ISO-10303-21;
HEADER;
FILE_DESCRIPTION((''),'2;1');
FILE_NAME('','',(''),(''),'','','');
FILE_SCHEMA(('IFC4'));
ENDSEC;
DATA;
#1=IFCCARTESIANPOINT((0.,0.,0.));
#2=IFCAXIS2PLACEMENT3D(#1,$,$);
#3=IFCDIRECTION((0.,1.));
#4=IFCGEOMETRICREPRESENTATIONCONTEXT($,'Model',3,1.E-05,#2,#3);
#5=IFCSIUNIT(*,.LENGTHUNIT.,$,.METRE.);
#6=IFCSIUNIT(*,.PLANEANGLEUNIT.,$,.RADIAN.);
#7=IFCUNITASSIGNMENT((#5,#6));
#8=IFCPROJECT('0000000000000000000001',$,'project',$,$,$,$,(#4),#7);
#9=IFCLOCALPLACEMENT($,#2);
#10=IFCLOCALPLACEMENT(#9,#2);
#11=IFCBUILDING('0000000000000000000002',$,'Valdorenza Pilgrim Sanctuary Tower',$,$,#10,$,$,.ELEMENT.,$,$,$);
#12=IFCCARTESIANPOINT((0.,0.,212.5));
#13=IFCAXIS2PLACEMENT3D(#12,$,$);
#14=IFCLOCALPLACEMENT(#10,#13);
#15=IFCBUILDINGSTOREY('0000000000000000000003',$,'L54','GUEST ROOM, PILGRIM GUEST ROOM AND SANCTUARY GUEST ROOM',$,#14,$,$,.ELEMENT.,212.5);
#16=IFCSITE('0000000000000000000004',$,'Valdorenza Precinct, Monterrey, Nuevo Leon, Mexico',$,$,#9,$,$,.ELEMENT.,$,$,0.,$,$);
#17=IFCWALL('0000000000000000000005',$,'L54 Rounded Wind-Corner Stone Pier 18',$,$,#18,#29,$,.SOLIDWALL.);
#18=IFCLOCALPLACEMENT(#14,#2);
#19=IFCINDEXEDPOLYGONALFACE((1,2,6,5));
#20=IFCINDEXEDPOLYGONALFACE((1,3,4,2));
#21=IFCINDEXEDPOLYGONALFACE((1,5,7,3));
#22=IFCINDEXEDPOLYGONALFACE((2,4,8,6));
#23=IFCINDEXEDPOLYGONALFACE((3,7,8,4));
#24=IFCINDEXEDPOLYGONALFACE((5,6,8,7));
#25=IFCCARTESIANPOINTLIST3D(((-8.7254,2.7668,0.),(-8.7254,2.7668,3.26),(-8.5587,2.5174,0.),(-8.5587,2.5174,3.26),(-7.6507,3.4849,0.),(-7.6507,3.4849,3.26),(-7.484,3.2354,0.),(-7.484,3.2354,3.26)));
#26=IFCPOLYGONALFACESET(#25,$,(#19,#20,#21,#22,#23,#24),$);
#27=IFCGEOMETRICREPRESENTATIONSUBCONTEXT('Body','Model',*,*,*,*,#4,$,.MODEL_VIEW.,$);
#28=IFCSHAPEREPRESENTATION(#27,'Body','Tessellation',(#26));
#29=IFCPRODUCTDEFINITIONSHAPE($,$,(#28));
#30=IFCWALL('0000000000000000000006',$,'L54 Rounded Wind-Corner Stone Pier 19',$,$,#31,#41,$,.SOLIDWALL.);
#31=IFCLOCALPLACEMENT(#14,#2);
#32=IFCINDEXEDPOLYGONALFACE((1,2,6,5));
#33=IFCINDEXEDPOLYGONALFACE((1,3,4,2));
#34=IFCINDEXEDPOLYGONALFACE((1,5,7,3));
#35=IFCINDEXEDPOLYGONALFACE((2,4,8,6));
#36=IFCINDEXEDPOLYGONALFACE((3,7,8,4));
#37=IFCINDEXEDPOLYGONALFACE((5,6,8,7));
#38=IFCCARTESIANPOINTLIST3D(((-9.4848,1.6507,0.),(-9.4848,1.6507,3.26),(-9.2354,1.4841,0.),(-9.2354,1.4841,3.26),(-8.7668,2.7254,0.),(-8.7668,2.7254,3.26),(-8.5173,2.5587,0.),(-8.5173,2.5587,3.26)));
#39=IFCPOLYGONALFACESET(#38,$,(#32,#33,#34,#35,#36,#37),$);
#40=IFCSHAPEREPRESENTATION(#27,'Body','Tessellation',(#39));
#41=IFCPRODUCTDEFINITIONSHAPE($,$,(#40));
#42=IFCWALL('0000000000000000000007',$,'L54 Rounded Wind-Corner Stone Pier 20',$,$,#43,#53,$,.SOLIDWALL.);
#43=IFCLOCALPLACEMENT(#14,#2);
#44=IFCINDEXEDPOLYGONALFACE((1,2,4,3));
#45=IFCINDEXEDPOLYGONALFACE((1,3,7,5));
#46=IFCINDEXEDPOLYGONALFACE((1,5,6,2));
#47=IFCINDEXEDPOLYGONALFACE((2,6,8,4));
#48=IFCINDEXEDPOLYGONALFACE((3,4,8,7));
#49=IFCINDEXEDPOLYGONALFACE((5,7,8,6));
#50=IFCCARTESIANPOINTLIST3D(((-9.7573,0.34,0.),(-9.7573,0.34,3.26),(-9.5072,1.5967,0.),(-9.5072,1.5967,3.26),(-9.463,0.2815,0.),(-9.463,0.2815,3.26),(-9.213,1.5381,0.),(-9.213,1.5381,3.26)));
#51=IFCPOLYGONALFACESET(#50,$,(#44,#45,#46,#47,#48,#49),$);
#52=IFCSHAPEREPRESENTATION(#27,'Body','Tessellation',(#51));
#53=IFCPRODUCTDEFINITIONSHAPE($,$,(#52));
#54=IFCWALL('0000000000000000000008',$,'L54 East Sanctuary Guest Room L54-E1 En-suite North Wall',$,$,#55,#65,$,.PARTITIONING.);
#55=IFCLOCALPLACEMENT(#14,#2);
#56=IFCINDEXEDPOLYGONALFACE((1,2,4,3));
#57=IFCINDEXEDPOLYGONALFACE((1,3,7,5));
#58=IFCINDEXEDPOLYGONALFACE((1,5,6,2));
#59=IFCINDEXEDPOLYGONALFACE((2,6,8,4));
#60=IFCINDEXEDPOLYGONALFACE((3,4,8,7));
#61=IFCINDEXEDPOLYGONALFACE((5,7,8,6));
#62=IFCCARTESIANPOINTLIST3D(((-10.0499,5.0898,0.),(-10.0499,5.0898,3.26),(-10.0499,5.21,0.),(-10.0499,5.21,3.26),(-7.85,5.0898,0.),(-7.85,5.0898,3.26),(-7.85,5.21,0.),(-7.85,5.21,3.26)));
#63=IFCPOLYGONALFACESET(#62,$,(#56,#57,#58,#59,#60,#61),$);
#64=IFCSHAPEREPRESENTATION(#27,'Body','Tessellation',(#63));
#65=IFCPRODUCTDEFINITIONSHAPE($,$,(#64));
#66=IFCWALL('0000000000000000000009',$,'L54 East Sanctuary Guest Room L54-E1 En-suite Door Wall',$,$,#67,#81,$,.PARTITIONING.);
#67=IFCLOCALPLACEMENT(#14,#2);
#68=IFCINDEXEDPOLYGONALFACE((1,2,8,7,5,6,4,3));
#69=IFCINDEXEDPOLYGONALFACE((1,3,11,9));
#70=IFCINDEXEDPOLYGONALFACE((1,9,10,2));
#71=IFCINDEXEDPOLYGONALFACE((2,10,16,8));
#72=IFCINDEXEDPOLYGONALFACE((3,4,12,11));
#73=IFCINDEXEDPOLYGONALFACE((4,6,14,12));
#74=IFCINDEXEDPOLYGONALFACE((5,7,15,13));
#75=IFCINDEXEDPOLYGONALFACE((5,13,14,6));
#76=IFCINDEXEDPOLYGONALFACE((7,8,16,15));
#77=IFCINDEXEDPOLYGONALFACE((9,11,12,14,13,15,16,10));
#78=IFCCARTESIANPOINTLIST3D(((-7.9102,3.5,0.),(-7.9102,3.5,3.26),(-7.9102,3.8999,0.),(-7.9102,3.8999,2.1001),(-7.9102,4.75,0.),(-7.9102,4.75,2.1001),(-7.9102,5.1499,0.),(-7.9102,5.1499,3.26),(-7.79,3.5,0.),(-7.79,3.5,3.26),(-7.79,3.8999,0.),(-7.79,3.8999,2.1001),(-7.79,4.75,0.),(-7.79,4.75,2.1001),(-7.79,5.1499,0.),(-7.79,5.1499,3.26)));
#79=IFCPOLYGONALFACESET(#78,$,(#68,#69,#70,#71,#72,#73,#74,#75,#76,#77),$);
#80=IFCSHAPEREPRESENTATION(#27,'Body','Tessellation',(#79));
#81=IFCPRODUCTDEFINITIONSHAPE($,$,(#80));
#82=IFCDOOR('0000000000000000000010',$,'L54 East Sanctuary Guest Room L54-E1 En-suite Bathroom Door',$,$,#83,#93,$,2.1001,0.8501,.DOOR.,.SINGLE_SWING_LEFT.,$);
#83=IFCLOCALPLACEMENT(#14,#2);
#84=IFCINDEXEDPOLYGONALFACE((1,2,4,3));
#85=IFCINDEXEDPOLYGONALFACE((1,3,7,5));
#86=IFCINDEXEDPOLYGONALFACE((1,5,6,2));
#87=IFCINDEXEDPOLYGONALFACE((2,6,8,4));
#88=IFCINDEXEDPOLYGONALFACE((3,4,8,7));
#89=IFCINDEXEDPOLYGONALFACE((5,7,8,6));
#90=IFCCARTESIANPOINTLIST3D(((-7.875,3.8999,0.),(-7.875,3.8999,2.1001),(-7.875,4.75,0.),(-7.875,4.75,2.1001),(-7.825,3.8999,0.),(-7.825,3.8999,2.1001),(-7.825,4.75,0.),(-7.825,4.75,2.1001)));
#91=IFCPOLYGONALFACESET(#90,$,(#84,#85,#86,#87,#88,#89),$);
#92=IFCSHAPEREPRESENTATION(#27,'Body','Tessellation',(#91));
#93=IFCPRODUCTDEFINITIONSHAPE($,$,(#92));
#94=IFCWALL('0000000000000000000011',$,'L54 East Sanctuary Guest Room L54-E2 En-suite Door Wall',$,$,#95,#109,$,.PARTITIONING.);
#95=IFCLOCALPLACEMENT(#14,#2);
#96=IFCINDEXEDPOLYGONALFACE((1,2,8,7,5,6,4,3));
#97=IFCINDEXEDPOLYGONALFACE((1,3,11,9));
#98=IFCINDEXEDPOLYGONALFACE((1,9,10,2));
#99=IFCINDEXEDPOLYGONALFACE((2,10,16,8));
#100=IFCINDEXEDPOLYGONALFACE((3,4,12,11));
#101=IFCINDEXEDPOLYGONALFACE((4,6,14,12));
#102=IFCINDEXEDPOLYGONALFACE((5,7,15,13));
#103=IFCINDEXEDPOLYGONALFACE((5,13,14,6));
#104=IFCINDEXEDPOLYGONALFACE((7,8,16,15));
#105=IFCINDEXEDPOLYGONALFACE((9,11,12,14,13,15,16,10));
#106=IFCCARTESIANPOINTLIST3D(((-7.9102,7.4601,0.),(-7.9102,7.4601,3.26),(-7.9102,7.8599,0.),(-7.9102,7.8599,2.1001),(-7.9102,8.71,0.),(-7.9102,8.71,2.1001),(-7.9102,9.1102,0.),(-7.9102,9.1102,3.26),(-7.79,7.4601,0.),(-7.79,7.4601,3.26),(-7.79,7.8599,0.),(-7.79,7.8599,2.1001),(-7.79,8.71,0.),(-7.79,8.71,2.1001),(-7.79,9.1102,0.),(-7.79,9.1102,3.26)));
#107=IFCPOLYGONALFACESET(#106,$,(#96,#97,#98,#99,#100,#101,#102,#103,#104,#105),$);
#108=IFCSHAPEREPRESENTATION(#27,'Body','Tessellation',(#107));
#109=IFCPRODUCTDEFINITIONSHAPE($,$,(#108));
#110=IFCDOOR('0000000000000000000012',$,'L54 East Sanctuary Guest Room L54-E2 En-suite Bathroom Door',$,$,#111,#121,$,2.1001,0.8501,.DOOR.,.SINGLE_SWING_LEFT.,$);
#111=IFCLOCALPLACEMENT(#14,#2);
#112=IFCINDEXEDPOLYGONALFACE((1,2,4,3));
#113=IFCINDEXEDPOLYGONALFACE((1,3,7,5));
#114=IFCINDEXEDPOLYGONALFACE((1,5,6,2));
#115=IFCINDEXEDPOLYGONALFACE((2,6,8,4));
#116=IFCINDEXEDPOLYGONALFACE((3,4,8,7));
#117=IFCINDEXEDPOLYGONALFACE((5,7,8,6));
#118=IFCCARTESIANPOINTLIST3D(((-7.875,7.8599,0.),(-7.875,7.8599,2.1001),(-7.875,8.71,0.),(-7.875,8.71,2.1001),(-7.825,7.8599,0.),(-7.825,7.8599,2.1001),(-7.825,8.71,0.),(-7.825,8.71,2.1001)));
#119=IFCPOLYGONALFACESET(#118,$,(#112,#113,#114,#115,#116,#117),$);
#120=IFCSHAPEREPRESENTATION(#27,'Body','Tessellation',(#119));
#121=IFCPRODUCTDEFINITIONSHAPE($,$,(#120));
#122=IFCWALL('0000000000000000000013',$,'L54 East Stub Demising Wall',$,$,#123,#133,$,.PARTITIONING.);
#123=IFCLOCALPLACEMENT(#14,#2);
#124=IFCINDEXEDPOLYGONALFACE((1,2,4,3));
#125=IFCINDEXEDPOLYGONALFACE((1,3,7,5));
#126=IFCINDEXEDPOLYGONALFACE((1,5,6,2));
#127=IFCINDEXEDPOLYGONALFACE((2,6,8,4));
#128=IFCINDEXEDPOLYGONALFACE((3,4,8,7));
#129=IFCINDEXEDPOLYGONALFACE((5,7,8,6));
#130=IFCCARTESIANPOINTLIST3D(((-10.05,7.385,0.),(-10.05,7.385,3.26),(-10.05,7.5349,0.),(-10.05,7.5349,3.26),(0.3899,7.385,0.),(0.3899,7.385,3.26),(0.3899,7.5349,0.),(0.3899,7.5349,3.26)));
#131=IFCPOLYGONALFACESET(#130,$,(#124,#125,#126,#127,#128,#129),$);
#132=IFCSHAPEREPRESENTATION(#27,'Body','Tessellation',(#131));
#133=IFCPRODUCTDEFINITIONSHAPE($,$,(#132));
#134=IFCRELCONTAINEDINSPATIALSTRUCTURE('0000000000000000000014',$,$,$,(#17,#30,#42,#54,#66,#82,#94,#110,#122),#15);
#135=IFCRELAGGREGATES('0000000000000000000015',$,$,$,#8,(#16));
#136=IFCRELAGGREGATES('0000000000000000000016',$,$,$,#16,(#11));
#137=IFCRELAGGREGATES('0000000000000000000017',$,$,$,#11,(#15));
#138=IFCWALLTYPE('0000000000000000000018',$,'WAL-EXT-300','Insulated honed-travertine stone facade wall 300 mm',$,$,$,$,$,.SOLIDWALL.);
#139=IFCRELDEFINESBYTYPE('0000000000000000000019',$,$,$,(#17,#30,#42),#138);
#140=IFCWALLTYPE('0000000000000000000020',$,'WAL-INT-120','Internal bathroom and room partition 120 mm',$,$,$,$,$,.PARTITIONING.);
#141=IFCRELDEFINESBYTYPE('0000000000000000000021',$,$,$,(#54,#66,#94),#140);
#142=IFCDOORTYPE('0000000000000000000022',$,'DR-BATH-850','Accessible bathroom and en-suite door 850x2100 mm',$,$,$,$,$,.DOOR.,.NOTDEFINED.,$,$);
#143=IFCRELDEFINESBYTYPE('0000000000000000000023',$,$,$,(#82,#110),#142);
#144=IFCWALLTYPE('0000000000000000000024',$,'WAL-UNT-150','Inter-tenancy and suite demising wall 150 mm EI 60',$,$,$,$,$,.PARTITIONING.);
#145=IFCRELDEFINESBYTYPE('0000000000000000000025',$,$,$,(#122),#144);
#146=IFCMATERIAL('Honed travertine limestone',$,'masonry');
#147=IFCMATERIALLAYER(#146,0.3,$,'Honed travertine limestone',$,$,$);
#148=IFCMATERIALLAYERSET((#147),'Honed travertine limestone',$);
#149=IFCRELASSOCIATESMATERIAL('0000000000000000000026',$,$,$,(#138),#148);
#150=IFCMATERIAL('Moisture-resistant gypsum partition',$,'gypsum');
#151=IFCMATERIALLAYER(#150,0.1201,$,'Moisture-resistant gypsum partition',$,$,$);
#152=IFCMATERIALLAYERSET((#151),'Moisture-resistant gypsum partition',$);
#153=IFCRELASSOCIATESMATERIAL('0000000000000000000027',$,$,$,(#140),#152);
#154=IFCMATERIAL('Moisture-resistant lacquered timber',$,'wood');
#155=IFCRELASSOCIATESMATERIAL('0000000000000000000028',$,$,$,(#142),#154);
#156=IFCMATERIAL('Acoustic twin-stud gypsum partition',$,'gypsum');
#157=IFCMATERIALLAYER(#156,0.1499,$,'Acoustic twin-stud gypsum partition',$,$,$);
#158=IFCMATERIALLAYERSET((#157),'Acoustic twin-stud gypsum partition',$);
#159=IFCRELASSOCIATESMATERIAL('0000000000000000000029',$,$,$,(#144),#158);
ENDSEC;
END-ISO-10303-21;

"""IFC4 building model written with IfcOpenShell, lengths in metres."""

from ifc_helpers import new_model, si_unit, direction, frame, frame_2d, origin, place, context, subcontext, project, spatial, rectangle, extrude, material, layer, layer_set, type_object, element, fill, save


model = new_model("IFC4")

# Units and contexts
model_context = context("Model", 3, precision=1e-05, world=origin(), true_north=direction((0.0, 1.0)))
body_context = subcontext(model_context, "Body", "Model", "MODEL_VIEW")
ifc_project = project(units=[si_unit("LENGTHUNIT", "METRE"), si_unit("PLANEANGLEUNIT", "RADIAN")], contexts=[model_context])

# Site, building, storey
site_placement = place(None, origin())
site = spatial("IfcSite", under=ifc_project, at=site_placement, Name="Valdorenza Precinct, Monterrey, Nuevo Leon, Mexico", CompositionType="ELEMENT", RefElevation=0.0)
building_placement = place(site_placement, origin())
building = spatial("IfcBuilding", under=site, at=building_placement, Name="Valdorenza Pilgrim Sanctuary Tower", CompositionType="ELEMENT")
storey_placement = place(building_placement, frame((0.0, 0.0, 212.5)))
storey = spatial("IfcBuildingStorey", under=building, at=storey_placement, Name="L54", Description="GUEST ROOM, PILGRIM GUEST ROOM AND SANCTUARY GUEST ROOM", CompositionType="ELEMENT", Elevation=212.5)

# Shared definitions
ifc_material_1 = material(Name="Honed travertine limestone", Category="masonry")

# Shared definitions
ifc_material_2 = material(Name="Acoustic twin-stud gypsum partition", Category="gypsum")

# Walls
ifc_layer_1 = layer(ifc_material_1, 0.3, Name="Honed travertine limestone")
ifc_layer_set_1 = layer_set([ifc_layer_1], Name="Honed travertine limestone")
wall_type_1 = type_object("IfcWallType", Name="WAL-EXT-300", Description="Insulated honed-travertine stone facade wall 300 mm", PredefinedType="SOLIDWALL", material=ifc_layer_set_1)
for number, where, z_axis, x_axis, name in (
    (1, (-7.5674, 3.3601, 0.0), (0.0, 0.0, 1.0), (-0.831498, -0.555528, 0.0), "L54 Rounded Wind-Corner Stone Pier 18"),
    (2, (-8.6421, 2.6421, 0.0), (0.0, 0.0, 1.0), (-0.555528, -0.831498, 0.0), "L54 Rounded Wind-Corner Stone Pier 19"),
):
    element("IfcWall", number, at=place(storey_placement, frame(where, z_axis=z_axis, x_axis=x_axis)), inside=storey, type_object=wall_type_1, Name=name, PredefinedType="SOLIDWALL", context=body_context, shape_type="SweptSolid", body=[
        extrude(rectangle(XDim=1.2925, YDim=0.3, at=frame_2d((0.6462, 0.0))), origin(), (0.0, 0.0, 1.0), 3.26),
    ])
wall_1_placement = place(storey_placement, frame((-9.3601, 1.5674, 0.0), z_axis=(0.0, 0.0, 1.0), x_axis=(-0.195127, -0.980778, 0.0)))
element("IfcWall", 3, at=wall_1_placement, inside=storey, type_object=wall_type_1, Name="L54 Rounded Wind-Corner Stone Pier 20", PredefinedType="SOLIDWALL", context=body_context, shape_type="SweptSolid", body=[
    extrude(rectangle(XDim=1.2812, YDim=0.3, at=frame_2d((0.6406, 0.0))), origin(), (0.0, 0.0, 1.0), 3.26),
])
ifc_material_3 = material(Name="Moisture-resistant gypsum partition", Category="gypsum")
ifc_layer_2 = layer(ifc_material_3, 0.1201, Name="Moisture-resistant gypsum partition")
ifc_layer_set_2 = layer_set([ifc_layer_2], Name="Moisture-resistant gypsum partition")
wall_type_2 = type_object("IfcWallType", Name="WAL-INT-120", Description="Internal bathroom and room partition 120 mm", PredefinedType="PARTITIONING", material=ifc_layer_set_2)
wall_2_placement = place(storey_placement, frame((-10.05, 5.1499, 0.0), z_axis=(0.0, 0.0, 1.0), x_axis=(1.0, 0.0, 0.0)))
element("IfcWall", 4, at=wall_2_placement, inside=storey, type_object=wall_type_2, Name="L54 East Sanctuary Guest Room L54-E1 En-suite North Wall", PredefinedType="PARTITIONING", context=body_context, shape_type="SweptSolid", body=[
    extrude(rectangle(XDim=2.2, YDim=0.1201, at=frame_2d((1.1001, 0.0))), origin(), (0.0, 0.0, 1.0), 3.26),
])

# Walls, openings, doors
wall_3_placement = place(storey_placement, frame((-7.8501, 3.5, 0.0), z_axis=(0.0, 0.0, 1.0), x_axis=(0.0, 1.0, 0.0)))
wall_3 = element("IfcWall", 5, at=wall_3_placement, inside=storey, type_object=wall_type_2, Name="L54 East Sanctuary Guest Room L54-E1 En-suite Door Wall", PredefinedType="PARTITIONING", context=body_context, shape_type="SweptSolid", body=[
    extrude(rectangle(XDim=1.6499, YDim=0.1201, at=frame_2d((0.825, 0.0))), origin(), (0.0, 0.0, 1.0), 3.26),
])
opening_1_placement = place(wall_3_placement, frame((0.3999, 0.0, 0.0)))
opening_1 = element("IfcOpeningElement", 6, at=opening_1_placement, cuts=wall_3, PredefinedType="OPENING", context=body_context, shape_type="SweptSolid", body=[
    extrude(rectangle(XDim=0.8501, YDim=2.1001, at=frame_2d((0.425, 1.05))), frame((0.0, 0.075, 0.0), z_axis=(0.0, -1.0, 0.0), x_axis=(1.0, 0.0, 0.0)), (0.0, 0.0, 1.0), 0.1499),
])
ifc_material_4 = material(Name="Moisture-resistant lacquered timber", Category="wood")
door_type_1 = type_object("IfcDoorType", Name="DR-BATH-850", Description="Accessible bathroom and en-suite door 850x2100 mm", OperationType="NOTDEFINED", PredefinedType="DOOR", material=ifc_material_4)
door_1_placement = place(opening_1_placement, origin())
door_1 = element("IfcDoor", 7, at=door_1_placement, inside=storey, type_object=door_type_1, Name="L54 East Sanctuary Guest Room L54-E1 En-suite Bathroom Door", OperationType="SINGLE_SWING_LEFT", OverallHeight=2.1001, OverallWidth=0.8501, PredefinedType="DOOR", context=body_context, shape_type="SweptSolid", body=[
    extrude(rectangle(XDim=0.8501, YDim=2.1001, at=frame_2d((0.425, 1.05))), frame((0.0, 0.0249, 0.0), z_axis=(0.0, -1.0, 0.0), x_axis=(1.0, 0.0, 0.0)), (0.0, 0.0, 1.0), 0.05),
])
fill(opening_1, door_1)
wall_4_placement = place(storey_placement, frame((-7.8501, 7.46, 0.0), z_axis=(0.0, 0.0, 1.0), x_axis=(0.0, 1.0, 0.0)))
wall_4 = element("IfcWall", 8, at=wall_4_placement, inside=storey, type_object=wall_type_2, Name="L54 East Sanctuary Guest Room L54-E2 En-suite Door Wall", PredefinedType="PARTITIONING", context=body_context, shape_type="SweptSolid", body=[
    extrude(rectangle(XDim=1.6501, YDim=0.1201, at=frame_2d((0.8252, 0.0))), origin(), (0.0, 0.0, 1.0), 3.26),
])
opening_2_placement = place(wall_4_placement, frame((0.3999, 0.0, 0.0)))
opening_2 = element("IfcOpeningElement", 9, at=opening_2_placement, cuts=wall_4, PredefinedType="OPENING", context=body_context, shape_type="SweptSolid", body=[
    extrude(rectangle(XDim=0.8501, YDim=2.1001, at=frame_2d((0.425, 1.05))), frame((0.0, 0.075, 0.0), z_axis=(0.0, -1.0, 0.0), x_axis=(1.0, 0.0, 0.0)), (0.0, 0.0, 1.0), 0.1499),
])
door_2_placement = place(opening_2_placement, origin())
door_2 = element("IfcDoor", 10, at=door_2_placement, inside=storey, type_object=door_type_1, Name="L54 East Sanctuary Guest Room L54-E2 En-suite Bathroom Door", OperationType="SINGLE_SWING_LEFT", OverallHeight=2.1001, OverallWidth=0.8501, PredefinedType="DOOR", context=body_context, shape_type="SweptSolid", body=[
    extrude(rectangle(XDim=0.8501, YDim=2.1001, at=frame_2d((0.425, 1.05))), frame((0.0, 0.0249, 0.0), z_axis=(0.0, -1.0, 0.0), x_axis=(1.0, 0.0, 0.0)), (0.0, 0.0, 1.0), 0.05),
])
fill(opening_2, door_2)

# Wall
ifc_layer_3 = layer(ifc_material_2, 0.1499, Name="Acoustic twin-stud gypsum partition")
ifc_layer_set_3 = layer_set([ifc_layer_3], Name="Acoustic twin-stud gypsum partition")
wall_type_3 = type_object("IfcWallType", Name="WAL-UNT-150", Description="Inter-tenancy and suite demising wall 150 mm EI 60", PredefinedType="PARTITIONING", material=ifc_layer_set_3)
wall_5_placement = place(storey_placement, frame((-10.05, 7.46, 0.0), z_axis=(0.0, 0.0, 1.0), x_axis=(1.0, 0.0, 0.0)))
element("IfcWall", 11, at=wall_5_placement, inside=storey, type_object=wall_type_3, Name="L54 East Stub Demising Wall", PredefinedType="PARTITIONING", context=body_context, shape_type="SweptSolid", body=[
    extrude(rectangle(XDim=10.4399, YDim=0.1499, at=frame_2d((5.22, 0.0))), origin(), (0.0, 0.0, 1.0), 3.26),
])

save(model, "model.ifc")
